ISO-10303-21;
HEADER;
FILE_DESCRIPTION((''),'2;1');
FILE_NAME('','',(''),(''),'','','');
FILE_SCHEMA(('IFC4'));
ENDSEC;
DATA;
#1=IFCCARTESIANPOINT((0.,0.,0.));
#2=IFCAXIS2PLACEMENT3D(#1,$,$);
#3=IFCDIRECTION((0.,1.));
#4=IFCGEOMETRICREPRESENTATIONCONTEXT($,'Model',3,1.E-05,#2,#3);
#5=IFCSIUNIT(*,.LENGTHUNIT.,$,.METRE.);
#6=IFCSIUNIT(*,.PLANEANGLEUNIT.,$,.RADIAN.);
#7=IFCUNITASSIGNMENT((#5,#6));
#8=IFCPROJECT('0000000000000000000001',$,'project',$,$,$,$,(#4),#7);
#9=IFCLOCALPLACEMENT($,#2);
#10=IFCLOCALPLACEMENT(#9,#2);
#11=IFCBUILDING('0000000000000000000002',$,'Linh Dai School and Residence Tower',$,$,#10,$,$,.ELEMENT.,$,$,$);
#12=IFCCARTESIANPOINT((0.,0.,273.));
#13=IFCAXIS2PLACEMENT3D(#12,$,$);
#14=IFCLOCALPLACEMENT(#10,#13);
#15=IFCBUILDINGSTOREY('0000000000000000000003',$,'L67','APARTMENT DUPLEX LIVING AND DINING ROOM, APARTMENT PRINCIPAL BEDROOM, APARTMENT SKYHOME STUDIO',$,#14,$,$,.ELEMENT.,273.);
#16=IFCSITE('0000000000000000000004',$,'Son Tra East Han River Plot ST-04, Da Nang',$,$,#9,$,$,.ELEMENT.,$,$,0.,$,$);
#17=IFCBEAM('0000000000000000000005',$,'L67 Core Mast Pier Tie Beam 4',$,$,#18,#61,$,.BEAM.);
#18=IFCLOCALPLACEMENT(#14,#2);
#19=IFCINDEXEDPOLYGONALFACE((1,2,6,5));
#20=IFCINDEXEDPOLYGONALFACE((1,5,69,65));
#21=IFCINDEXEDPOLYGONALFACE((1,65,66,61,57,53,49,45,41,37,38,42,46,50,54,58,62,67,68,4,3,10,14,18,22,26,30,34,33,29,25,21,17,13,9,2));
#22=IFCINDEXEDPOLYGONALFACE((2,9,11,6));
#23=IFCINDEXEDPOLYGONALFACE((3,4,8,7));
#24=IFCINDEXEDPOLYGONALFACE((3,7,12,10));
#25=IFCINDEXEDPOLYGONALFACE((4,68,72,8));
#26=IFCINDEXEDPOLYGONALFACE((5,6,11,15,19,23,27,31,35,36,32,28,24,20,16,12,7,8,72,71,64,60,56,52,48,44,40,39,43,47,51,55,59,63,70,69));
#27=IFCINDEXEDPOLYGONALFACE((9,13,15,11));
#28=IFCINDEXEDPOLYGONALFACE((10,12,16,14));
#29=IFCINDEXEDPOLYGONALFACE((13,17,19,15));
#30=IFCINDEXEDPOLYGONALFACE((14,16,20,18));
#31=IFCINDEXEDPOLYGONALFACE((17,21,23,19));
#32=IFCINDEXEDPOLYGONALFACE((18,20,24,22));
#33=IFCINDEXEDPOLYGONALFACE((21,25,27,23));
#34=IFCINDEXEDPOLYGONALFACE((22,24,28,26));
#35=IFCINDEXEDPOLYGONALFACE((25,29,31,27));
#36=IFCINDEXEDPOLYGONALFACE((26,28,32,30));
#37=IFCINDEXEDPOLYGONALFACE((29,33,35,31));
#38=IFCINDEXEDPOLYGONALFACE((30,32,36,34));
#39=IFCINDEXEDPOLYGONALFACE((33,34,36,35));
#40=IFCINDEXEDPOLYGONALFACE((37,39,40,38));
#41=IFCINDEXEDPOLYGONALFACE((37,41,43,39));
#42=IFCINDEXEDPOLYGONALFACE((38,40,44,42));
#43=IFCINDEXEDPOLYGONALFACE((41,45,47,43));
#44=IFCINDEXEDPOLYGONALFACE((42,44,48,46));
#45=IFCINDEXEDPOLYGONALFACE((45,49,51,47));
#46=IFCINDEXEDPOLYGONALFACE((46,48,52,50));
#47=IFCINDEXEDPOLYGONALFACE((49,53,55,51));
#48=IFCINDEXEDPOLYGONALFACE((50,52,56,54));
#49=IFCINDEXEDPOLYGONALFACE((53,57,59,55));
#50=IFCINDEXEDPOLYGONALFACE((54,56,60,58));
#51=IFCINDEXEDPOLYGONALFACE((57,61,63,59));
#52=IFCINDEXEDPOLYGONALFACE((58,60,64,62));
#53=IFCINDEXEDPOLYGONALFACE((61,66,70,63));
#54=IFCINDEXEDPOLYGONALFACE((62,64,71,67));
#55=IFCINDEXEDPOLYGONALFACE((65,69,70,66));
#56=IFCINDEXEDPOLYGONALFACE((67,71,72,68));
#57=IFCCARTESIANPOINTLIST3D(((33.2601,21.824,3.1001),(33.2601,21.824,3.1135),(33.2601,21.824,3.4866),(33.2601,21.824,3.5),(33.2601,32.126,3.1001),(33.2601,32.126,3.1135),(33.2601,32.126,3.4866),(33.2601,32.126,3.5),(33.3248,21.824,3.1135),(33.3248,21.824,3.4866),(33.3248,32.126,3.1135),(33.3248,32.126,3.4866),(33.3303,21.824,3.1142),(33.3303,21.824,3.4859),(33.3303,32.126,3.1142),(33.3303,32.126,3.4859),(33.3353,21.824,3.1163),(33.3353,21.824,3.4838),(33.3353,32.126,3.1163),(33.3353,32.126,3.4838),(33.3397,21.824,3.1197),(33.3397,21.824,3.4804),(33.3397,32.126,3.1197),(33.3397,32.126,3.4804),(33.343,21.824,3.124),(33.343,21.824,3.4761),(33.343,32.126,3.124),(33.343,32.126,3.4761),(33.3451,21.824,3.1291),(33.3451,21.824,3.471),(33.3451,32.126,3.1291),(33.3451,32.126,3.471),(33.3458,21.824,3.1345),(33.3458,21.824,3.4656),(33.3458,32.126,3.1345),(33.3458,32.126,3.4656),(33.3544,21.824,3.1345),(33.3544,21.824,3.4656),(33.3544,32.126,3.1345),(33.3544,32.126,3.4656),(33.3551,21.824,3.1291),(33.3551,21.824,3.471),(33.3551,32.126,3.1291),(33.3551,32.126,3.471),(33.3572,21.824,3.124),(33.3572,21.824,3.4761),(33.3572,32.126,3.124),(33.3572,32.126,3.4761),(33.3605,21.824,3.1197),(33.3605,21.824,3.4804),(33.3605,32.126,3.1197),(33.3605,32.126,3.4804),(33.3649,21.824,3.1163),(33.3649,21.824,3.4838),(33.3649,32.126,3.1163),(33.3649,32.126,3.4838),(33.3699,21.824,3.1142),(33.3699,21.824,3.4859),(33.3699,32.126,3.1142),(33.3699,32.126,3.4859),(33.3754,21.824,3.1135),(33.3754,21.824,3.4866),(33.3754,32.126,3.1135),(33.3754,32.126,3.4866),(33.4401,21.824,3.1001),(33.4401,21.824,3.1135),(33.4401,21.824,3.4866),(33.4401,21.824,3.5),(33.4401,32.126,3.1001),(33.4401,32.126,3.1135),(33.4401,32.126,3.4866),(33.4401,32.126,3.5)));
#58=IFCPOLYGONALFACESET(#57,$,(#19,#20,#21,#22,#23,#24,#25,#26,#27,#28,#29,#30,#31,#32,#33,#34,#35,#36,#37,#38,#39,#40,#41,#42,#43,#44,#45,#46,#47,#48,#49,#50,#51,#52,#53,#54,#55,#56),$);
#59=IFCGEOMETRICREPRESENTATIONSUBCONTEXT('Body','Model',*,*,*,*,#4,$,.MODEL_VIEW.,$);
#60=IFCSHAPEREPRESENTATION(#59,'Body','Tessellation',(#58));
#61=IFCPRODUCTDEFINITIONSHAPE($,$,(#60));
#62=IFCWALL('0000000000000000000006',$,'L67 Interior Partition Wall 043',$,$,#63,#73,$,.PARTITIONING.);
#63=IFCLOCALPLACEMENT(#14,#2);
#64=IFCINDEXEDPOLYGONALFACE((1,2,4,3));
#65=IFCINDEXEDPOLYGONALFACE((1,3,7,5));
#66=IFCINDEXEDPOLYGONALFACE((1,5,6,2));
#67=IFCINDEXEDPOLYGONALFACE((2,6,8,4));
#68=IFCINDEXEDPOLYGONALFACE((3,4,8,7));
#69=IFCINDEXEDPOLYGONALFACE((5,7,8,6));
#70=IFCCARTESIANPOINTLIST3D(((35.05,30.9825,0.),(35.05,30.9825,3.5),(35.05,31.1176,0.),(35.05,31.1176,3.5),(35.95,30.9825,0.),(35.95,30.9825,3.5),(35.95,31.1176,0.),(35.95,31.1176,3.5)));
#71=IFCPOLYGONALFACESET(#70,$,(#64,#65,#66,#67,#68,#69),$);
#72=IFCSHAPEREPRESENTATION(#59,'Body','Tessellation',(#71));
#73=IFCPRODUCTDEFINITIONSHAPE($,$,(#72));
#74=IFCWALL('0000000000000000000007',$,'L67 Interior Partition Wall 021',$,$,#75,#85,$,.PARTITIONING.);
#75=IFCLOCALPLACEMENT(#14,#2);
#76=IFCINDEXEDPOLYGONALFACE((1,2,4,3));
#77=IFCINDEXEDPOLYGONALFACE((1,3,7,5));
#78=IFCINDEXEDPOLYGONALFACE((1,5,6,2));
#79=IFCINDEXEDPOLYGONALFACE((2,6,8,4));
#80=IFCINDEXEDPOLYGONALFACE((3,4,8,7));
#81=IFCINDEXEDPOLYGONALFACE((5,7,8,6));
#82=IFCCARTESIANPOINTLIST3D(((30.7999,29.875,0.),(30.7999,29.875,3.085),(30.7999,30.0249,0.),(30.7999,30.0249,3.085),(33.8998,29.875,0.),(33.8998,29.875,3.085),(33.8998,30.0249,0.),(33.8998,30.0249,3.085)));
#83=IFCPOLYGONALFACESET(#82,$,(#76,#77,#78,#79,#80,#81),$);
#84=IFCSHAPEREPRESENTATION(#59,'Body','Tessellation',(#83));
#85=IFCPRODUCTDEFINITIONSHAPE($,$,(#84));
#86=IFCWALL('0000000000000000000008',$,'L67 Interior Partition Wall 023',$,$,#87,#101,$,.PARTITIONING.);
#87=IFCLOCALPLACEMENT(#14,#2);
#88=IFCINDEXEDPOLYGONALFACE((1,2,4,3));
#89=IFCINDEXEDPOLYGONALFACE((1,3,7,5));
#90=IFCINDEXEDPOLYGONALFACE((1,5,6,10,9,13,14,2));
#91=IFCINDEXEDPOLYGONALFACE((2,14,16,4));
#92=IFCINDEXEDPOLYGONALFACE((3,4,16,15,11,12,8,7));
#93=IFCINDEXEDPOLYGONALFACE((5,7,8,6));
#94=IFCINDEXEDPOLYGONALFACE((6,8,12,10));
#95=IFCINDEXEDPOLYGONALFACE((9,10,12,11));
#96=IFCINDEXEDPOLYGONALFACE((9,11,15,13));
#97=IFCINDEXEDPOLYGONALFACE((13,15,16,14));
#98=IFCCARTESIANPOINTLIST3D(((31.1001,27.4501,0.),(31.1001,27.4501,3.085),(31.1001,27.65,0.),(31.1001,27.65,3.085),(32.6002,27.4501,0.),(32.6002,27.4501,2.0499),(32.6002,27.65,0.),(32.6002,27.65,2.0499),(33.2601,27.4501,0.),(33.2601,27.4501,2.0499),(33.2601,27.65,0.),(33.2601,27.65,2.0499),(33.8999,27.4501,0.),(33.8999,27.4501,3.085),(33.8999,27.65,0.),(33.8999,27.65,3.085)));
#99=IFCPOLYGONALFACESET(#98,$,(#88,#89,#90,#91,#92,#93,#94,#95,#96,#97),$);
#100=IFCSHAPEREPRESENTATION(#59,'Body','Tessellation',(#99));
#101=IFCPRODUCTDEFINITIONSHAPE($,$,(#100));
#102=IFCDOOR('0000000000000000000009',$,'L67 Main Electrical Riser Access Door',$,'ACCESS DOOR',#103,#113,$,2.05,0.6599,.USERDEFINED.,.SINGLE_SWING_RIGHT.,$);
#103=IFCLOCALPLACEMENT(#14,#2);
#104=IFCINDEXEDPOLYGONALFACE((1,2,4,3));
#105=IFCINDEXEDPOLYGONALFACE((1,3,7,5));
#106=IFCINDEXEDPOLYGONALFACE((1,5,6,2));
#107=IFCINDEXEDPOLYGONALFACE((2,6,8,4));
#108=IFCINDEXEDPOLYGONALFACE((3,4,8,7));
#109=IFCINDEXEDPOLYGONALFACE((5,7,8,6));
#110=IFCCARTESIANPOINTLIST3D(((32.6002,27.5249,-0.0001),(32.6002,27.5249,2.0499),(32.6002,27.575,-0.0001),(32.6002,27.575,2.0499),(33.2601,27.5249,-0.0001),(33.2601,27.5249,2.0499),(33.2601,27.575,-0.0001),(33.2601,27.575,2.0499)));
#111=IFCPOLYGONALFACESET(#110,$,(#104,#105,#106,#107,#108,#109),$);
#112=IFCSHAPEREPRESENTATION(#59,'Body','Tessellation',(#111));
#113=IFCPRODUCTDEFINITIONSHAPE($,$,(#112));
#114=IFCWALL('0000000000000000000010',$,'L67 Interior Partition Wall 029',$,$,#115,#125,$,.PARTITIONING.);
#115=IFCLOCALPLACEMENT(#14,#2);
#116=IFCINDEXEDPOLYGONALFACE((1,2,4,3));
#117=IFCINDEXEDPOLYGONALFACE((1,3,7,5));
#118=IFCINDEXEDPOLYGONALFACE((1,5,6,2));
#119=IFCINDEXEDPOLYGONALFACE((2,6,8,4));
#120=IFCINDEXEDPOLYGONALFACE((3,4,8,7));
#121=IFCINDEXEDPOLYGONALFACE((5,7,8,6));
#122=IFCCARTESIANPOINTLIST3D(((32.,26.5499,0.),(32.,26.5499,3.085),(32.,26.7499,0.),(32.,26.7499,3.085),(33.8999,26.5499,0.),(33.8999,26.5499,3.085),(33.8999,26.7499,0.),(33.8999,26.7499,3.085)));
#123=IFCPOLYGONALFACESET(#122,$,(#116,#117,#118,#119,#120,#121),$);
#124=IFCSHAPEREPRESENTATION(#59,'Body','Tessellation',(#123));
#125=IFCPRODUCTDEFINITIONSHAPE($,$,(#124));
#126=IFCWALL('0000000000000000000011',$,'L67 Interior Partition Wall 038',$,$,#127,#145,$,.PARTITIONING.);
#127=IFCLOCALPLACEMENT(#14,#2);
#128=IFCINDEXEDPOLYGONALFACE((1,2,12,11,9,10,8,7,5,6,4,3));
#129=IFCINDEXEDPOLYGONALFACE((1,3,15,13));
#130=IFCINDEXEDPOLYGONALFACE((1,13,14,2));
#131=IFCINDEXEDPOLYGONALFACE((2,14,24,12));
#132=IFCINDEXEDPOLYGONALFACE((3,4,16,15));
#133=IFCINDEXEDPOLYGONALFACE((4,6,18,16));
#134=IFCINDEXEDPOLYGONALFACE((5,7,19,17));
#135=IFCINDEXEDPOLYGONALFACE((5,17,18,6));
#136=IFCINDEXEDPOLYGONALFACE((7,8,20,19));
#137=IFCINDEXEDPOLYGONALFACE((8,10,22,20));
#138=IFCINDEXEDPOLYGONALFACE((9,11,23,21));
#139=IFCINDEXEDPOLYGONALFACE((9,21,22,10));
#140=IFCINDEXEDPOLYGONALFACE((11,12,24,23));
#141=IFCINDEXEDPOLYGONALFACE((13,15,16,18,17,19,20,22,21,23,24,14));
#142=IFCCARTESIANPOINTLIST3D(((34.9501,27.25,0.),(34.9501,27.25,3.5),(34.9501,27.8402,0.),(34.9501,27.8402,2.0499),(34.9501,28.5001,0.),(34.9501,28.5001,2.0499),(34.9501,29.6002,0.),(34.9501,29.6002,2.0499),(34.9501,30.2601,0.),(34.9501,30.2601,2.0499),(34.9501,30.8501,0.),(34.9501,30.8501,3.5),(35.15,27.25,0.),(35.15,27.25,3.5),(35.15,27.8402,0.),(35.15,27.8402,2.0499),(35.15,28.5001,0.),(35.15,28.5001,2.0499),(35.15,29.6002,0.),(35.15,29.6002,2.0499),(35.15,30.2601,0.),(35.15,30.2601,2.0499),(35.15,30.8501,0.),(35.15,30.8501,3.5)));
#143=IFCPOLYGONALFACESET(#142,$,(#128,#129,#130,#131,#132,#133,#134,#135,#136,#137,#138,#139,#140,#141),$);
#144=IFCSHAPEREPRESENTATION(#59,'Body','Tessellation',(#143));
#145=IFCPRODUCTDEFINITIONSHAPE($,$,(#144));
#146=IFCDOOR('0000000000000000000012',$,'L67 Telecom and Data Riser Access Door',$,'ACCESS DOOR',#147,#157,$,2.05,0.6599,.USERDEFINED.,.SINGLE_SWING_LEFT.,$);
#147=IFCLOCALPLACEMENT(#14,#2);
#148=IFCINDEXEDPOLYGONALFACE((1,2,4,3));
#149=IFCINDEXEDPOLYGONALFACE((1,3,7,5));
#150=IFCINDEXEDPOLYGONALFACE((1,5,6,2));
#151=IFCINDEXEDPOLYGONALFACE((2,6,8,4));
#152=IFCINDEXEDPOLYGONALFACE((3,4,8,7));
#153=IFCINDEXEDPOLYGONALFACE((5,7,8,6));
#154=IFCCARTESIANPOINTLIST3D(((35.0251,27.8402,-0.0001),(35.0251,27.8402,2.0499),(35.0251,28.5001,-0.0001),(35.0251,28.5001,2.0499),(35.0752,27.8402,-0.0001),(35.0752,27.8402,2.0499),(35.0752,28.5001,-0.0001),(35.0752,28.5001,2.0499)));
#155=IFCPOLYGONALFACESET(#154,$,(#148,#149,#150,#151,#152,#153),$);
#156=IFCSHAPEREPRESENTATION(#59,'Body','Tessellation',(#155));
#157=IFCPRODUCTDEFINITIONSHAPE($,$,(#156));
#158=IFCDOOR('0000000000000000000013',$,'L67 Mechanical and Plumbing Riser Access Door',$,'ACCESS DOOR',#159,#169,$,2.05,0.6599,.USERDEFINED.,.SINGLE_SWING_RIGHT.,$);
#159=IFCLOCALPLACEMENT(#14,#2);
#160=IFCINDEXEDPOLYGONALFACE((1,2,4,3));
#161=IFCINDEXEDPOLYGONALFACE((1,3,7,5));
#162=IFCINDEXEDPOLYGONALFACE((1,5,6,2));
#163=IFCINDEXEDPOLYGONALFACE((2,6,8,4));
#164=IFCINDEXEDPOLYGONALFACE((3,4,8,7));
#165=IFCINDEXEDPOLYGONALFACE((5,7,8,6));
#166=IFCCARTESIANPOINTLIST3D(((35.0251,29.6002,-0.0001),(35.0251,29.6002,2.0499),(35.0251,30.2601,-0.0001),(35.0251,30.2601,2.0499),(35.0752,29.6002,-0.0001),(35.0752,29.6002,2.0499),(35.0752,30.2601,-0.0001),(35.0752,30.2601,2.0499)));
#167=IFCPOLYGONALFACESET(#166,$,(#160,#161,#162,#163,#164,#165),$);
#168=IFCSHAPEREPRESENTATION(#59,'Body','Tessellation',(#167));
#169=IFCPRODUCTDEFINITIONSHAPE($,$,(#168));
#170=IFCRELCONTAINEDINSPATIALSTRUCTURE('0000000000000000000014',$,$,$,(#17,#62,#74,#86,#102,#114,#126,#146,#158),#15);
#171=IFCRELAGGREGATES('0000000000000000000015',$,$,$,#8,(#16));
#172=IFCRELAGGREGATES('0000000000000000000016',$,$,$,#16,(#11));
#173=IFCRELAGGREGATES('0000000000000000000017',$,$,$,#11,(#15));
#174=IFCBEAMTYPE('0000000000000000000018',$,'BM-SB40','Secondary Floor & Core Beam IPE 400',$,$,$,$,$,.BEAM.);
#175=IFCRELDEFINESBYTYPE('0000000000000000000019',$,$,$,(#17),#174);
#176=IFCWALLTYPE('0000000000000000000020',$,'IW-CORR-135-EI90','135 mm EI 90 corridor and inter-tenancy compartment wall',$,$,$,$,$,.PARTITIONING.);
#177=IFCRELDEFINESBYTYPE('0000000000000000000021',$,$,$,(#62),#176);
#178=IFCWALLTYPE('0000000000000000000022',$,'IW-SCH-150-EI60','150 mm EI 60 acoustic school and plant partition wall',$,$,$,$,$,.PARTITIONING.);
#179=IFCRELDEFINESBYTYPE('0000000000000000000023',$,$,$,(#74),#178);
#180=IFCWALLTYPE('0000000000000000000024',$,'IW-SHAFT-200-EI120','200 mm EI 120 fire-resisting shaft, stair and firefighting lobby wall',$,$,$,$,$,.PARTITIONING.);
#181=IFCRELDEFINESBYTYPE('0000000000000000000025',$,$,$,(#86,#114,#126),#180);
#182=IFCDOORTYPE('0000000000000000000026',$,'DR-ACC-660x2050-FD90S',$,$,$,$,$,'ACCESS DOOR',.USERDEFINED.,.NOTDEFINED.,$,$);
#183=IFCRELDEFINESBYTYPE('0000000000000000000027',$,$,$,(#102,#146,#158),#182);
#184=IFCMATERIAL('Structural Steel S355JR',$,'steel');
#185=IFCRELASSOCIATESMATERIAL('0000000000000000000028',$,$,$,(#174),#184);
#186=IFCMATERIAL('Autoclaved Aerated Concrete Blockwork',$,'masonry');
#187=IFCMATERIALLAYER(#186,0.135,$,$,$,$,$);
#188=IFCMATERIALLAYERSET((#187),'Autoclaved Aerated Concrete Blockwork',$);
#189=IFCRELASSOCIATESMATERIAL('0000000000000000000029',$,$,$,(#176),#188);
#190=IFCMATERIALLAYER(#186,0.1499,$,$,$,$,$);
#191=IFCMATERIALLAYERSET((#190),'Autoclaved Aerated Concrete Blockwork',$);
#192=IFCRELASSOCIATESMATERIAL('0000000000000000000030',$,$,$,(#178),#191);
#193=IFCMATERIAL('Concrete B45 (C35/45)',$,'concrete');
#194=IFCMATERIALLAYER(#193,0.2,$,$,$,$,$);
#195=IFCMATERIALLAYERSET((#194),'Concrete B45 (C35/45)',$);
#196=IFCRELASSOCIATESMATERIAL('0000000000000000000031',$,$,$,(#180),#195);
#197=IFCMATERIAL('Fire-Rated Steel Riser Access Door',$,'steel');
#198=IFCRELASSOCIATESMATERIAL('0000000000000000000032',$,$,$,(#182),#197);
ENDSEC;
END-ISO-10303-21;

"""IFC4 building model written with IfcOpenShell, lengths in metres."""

from ifc_helpers import new_model, si_unit, direction, frame, frame_2d, origin, origin_2d, place, context, subcontext, project, spatial, rectangle, i_section, extrude, source, transform, mapped, material, layer, layer_set, material_profile, profile_set, type_object, element, fill, save


model = new_model("IFC4")

# Units and contexts
model_context = context("Model", 3, precision=1e-05, world=origin(), true_north=direction((0.0, 1.0)))
body_context = subcontext(model_context, "Body", "Model", "MODEL_VIEW")
ifc_project = project(units=[si_unit("LENGTHUNIT", "METRE"), si_unit("PLANEANGLEUNIT", "RADIAN")], contexts=[model_context])

# Site, building, storey
site_placement = place(None, origin())
site = spatial("IfcSite", under=ifc_project, at=site_placement, Name="Son Tra East Han River Plot ST-04, Da Nang", CompositionType="ELEMENT", RefElevation=0.0)
building_placement = place(site_placement, origin())
building = spatial("IfcBuilding", under=site, at=building_placement, Name="Linh Dai School and Residence Tower", CompositionType="ELEMENT")
storey_placement = place(building_placement, frame((0.0, 0.0, 273.0)))
storey = spatial("IfcBuildingStorey", under=building, at=storey_placement, Name="L67", Description="APARTMENT DUPLEX LIVING AND DINING ROOM, APARTMENT PRINCIPAL BEDROOM, APARTMENT SKYHOME STUDIO", CompositionType="ELEMENT", Elevation=273.0)

# Beam
ifc_material_1 = material(Name="Structural Steel S355JR", Category="steel")
ifc_material_profile = material_profile(ifc_material_1, i_section(OverallWidth=0.1799, OverallDepth=0.3999, WebThickness=0.0085, FlangeThickness=0.0134, FilletRadius=0.021, at=origin_2d()), Name="IPE 400")
ifc_profile_set = profile_set([ifc_material_profile], Name="Structural Steel S355JR")
beam_type = type_object("IfcBeamType", Name="BM-SB40", Description="Secondary Floor & Core Beam IPE 400", PredefinedType="BEAM", material=ifc_profile_set)
beam_placement = place(storey_placement, frame((33.3501, 32.126, 3.3), z_axis=(0.0, -1.0, 0.0), x_axis=(1.0, 0.0, 0.0)))
element("IfcBeam", 1, at=beam_placement, inside=storey, type_object=beam_type, Name="L67 Core Mast Pier Tie Beam 4", PredefinedType="BEAM", context=body_context, shape_type="SweptSolid", body=[
    extrude(i_section(OverallWidth=0.1799, OverallDepth=0.3999, WebThickness=0.0085, FlangeThickness=0.0134, FilletRadius=0.021, at=origin_2d()), origin(), (0.0, 0.0, 1.0), 10.302),
])

# Shared definitions
ifc_material_2 = material(Name="Autoclaved Aerated Concrete Blockwork", Category="masonry")
ifc_layer_1 = layer(ifc_material_2, 0.135)
ifc_layer_set_1 = layer_set([ifc_layer_1], Name="Autoclaved Aerated Concrete Blockwork")
wall_type_1 = type_object("IfcWallType", Name="IW-CORR-135-EI90", Description="135 mm EI 90 corridor and inter-tenancy compartment wall", PredefinedType="PARTITIONING", material=ifc_layer_set_1)

# Walls
wall_1_placement = place(storey_placement, frame((35.05, 31.05, 0.0), z_axis=(0.0, 0.0, 1.0), x_axis=(1.0, 0.0, 0.0)))
element("IfcWall", 2, at=wall_1_placement, inside=storey, type_object=wall_type_1, Name="L67 Interior Partition Wall 043", PredefinedType="PARTITIONING", context=body_context, shape_type="SweptSolid", body=[
    extrude(rectangle(XDim=0.8999, YDim=0.135, at=frame_2d((0.45, 0.0))), origin(), (0.0, 0.0, 1.0), 3.5),
])
ifc_layer_2 = layer(ifc_material_2, 0.1499)
ifc_layer_set_2 = layer_set([ifc_layer_2], Name="Autoclaved Aerated Concrete Blockwork")
wall_type_2 = type_object("IfcWallType", Name="IW-SCH-150-EI60", Description="150 mm EI 60 acoustic school and plant partition wall", PredefinedType="PARTITIONING", material=ifc_layer_set_2)
wall_2_placement = place(storey_placement, frame((30.8, 29.95, 0.0), z_axis=(0.0, 0.0, 1.0), x_axis=(1.0, 0.0, 0.0)))
element("IfcWall", 3, at=wall_2_placement, inside=storey, type_object=wall_type_2, Name="L67 Interior Partition Wall 021", PredefinedType="PARTITIONING", context=body_context, shape_type="SweptSolid", body=[
    extrude(rectangle(XDim=3.0999, YDim=0.1499, at=frame_2d((1.5498, 0.0))), origin(), (0.0, 0.0, 1.0), 3.085),
])

# Wall, opening, door
ifc_material_3 = material(Name="Concrete B45 (C35/45)", Category="concrete")
ifc_layer_3 = layer(ifc_material_3, 0.2)
ifc_layer_set_3 = layer_set([ifc_layer_3], Name="Concrete B45 (C35/45)")
wall_type_3 = type_object("IfcWallType", Name="IW-SHAFT-200-EI120", Description="200 mm EI 120 fire-resisting shaft, stair and firefighting lobby wall", PredefinedType="PARTITIONING", material=ifc_layer_set_3)
wall_3_placement = place(storey_placement, frame((31.1001, 27.55, 0.0), z_axis=(0.0, 0.0, 1.0), x_axis=(1.0, 0.0, 0.0)))
wall_3 = element("IfcWall", 4, at=wall_3_placement, inside=storey, type_object=wall_type_3, Name="L67 Interior Partition Wall 023", PredefinedType="PARTITIONING", context=body_context, shape_type="SweptSolid", body=[
    extrude(rectangle(XDim=2.7998, YDim=0.2, at=frame_2d((1.3999, 0.0))), origin(), (0.0, 0.0, 1.0), 3.085),
])
opening_1_placement = place(wall_3_placement, frame((1.5, 0.0, 0.0)))
opening_1 = element("IfcOpeningElement", 5, at=opening_1_placement, cuts=wall_3, PredefinedType="OPENING", context=body_context, shape_type="SweptSolid", body=[
    extrude(rectangle(XDim=0.6599, YDim=2.05, at=origin_2d()), frame((0.3301, 0.1099, 1.0249), z_axis=(0.0, -1.0, 0.0), x_axis=(1.0, 0.0, 0.0)), (0.0, 0.0, 1.0), 0.22),
])
ifc_material_4 = material(Name="Fire-Rated Steel Riser Access Door", Category="steel")
door_type_1 = type_object("IfcDoorType", Name="DR-ACC-660x2050-FD90S", ElementType="ACCESS DOOR", OperationType="NOTDEFINED", PredefinedType="USERDEFINED", material=ifc_material_4)
shared_shape_1 = source(origin(), body_context, "Body", "SweptSolid", [
    extrude(rectangle(XDim=0.6599, YDim=2.05, at=origin_2d()), frame((0.3301, 0.0249, 1.0249), z_axis=(0.0, -1.0, 0.0), x_axis=(1.0, 0.0, 0.0)), (0.0, 0.0, 1.0), 0.05),
])
door_1_placement = place(opening_1_placement, origin())
door_1 = element("IfcDoor", 6, at=door_1_placement, inside=storey, type_object=door_type_1, Name="L67 Main Electrical Riser Access Door", ObjectType="ACCESS DOOR", OperationType="SINGLE_SWING_RIGHT", OverallHeight=2.05, OverallWidth=0.6599, PredefinedType="USERDEFINED", context=body_context, shape_type="MappedRepresentation", body=[
    mapped(shared_shape_1, transform((0.0, 0.0, 0.0), x_axis=(1.0, 0.0, 0.0), y_axis=(0.0, 1.0, 0.0), z_axis=(0.0, 0.0, 1.0), scale=1.0)),
])
fill(opening_1, door_1)

# Wall
wall_4_placement = place(storey_placement, frame((32.0, 26.6499, 0.0), z_axis=(0.0, 0.0, 1.0), x_axis=(1.0, 0.0, 0.0)))
element("IfcWall", 7, at=wall_4_placement, inside=storey, type_object=wall_type_3, Name="L67 Interior Partition Wall 029", PredefinedType="PARTITIONING", context=body_context, shape_type="SweptSolid", body=[
    extrude(rectangle(XDim=1.8999, YDim=0.2, at=frame_2d((0.95, 0.0))), origin(), (0.0, 0.0, 1.0), 3.085),
])

# Wall, openings, doors
wall_5_placement = place(storey_placement, frame((35.05, 27.25, 0.0), z_axis=(0.0, 0.0, 1.0), x_axis=(0.0, 1.0, 0.0)))
wall_5 = element("IfcWall", 8, at=wall_5_placement, inside=storey, type_object=wall_type_3, Name="L67 Interior Partition Wall 038", PredefinedType="PARTITIONING", context=body_context, shape_type="SweptSolid", body=[
    extrude(rectangle(XDim=3.6001, YDim=0.2, at=frame_2d((1.8, 0.0))), origin(), (0.0, 0.0, 1.0), 3.5),
])
opening_2_placement = place(wall_5_placement, frame((0.5901, 0.0, 0.0)))
opening_2 = element("IfcOpeningElement", 9, at=opening_2_placement, cuts=wall_5, PredefinedType="OPENING", context=body_context, shape_type="SweptSolid", body=[
    extrude(rectangle(XDim=0.6599, YDim=2.05, at=origin_2d()), frame((0.3301, 0.1099, 1.0249), z_axis=(0.0, -1.0, 0.0), x_axis=(1.0, 0.0, 0.0)), (0.0, 0.0, 1.0), 0.22),
])
opening_3_placement = place(wall_5_placement, frame((2.3501, 0.0, 0.0)))
opening_3 = element("IfcOpeningElement", 10, at=opening_3_placement, cuts=wall_5, PredefinedType="OPENING", context=body_context, shape_type="SweptSolid", body=[
    extrude(rectangle(XDim=0.6599, YDim=2.05, at=origin_2d()), frame((0.3301, 0.1099, 1.0249), z_axis=(0.0, -1.0, 0.0), x_axis=(1.0, 0.0, 0.0)), (0.0, 0.0, 1.0), 0.22),
])
door_2_placement = place(opening_2_placement, origin())
door_2 = element("IfcDoor", 11, at=door_2_placement, inside=storey, type_object=door_type_1, Name="L67 Telecom and Data Riser Access Door", ObjectType="ACCESS DOOR", OperationType="SINGLE_SWING_LEFT", OverallHeight=2.05, OverallWidth=0.6599, PredefinedType="USERDEFINED", context=body_context, shape_type="MappedRepresentation", body=[
    mapped(shared_shape_1, transform((0.0, 0.0, 0.0), x_axis=(1.0, 0.0, 0.0), y_axis=(0.0, 1.0, 0.0), z_axis=(0.0, 0.0, 1.0), scale=1.0)),
])
fill(opening_2, door_2)
door_3_placement = place(opening_3_placement, origin())
door_3 = element("IfcDoor", 12, at=door_3_placement, inside=storey, type_object=door_type_1, Name="L67 Mechanical and Plumbing Riser Access Door", ObjectType="ACCESS DOOR", OperationType="SINGLE_SWING_RIGHT", OverallHeight=2.05, OverallWidth=0.6599, PredefinedType="USERDEFINED", context=body_context, shape_type="MappedRepresentation", body=[
    mapped(shared_shape_1, transform((0.0, 0.0, 0.0), x_axis=(1.0, 0.0, 0.0), y_axis=(0.0, 1.0, 0.0), z_axis=(0.0, 0.0, 1.0), scale=1.0)),
])
fill(opening_3, door_3)

save(model, "model.ifc")
